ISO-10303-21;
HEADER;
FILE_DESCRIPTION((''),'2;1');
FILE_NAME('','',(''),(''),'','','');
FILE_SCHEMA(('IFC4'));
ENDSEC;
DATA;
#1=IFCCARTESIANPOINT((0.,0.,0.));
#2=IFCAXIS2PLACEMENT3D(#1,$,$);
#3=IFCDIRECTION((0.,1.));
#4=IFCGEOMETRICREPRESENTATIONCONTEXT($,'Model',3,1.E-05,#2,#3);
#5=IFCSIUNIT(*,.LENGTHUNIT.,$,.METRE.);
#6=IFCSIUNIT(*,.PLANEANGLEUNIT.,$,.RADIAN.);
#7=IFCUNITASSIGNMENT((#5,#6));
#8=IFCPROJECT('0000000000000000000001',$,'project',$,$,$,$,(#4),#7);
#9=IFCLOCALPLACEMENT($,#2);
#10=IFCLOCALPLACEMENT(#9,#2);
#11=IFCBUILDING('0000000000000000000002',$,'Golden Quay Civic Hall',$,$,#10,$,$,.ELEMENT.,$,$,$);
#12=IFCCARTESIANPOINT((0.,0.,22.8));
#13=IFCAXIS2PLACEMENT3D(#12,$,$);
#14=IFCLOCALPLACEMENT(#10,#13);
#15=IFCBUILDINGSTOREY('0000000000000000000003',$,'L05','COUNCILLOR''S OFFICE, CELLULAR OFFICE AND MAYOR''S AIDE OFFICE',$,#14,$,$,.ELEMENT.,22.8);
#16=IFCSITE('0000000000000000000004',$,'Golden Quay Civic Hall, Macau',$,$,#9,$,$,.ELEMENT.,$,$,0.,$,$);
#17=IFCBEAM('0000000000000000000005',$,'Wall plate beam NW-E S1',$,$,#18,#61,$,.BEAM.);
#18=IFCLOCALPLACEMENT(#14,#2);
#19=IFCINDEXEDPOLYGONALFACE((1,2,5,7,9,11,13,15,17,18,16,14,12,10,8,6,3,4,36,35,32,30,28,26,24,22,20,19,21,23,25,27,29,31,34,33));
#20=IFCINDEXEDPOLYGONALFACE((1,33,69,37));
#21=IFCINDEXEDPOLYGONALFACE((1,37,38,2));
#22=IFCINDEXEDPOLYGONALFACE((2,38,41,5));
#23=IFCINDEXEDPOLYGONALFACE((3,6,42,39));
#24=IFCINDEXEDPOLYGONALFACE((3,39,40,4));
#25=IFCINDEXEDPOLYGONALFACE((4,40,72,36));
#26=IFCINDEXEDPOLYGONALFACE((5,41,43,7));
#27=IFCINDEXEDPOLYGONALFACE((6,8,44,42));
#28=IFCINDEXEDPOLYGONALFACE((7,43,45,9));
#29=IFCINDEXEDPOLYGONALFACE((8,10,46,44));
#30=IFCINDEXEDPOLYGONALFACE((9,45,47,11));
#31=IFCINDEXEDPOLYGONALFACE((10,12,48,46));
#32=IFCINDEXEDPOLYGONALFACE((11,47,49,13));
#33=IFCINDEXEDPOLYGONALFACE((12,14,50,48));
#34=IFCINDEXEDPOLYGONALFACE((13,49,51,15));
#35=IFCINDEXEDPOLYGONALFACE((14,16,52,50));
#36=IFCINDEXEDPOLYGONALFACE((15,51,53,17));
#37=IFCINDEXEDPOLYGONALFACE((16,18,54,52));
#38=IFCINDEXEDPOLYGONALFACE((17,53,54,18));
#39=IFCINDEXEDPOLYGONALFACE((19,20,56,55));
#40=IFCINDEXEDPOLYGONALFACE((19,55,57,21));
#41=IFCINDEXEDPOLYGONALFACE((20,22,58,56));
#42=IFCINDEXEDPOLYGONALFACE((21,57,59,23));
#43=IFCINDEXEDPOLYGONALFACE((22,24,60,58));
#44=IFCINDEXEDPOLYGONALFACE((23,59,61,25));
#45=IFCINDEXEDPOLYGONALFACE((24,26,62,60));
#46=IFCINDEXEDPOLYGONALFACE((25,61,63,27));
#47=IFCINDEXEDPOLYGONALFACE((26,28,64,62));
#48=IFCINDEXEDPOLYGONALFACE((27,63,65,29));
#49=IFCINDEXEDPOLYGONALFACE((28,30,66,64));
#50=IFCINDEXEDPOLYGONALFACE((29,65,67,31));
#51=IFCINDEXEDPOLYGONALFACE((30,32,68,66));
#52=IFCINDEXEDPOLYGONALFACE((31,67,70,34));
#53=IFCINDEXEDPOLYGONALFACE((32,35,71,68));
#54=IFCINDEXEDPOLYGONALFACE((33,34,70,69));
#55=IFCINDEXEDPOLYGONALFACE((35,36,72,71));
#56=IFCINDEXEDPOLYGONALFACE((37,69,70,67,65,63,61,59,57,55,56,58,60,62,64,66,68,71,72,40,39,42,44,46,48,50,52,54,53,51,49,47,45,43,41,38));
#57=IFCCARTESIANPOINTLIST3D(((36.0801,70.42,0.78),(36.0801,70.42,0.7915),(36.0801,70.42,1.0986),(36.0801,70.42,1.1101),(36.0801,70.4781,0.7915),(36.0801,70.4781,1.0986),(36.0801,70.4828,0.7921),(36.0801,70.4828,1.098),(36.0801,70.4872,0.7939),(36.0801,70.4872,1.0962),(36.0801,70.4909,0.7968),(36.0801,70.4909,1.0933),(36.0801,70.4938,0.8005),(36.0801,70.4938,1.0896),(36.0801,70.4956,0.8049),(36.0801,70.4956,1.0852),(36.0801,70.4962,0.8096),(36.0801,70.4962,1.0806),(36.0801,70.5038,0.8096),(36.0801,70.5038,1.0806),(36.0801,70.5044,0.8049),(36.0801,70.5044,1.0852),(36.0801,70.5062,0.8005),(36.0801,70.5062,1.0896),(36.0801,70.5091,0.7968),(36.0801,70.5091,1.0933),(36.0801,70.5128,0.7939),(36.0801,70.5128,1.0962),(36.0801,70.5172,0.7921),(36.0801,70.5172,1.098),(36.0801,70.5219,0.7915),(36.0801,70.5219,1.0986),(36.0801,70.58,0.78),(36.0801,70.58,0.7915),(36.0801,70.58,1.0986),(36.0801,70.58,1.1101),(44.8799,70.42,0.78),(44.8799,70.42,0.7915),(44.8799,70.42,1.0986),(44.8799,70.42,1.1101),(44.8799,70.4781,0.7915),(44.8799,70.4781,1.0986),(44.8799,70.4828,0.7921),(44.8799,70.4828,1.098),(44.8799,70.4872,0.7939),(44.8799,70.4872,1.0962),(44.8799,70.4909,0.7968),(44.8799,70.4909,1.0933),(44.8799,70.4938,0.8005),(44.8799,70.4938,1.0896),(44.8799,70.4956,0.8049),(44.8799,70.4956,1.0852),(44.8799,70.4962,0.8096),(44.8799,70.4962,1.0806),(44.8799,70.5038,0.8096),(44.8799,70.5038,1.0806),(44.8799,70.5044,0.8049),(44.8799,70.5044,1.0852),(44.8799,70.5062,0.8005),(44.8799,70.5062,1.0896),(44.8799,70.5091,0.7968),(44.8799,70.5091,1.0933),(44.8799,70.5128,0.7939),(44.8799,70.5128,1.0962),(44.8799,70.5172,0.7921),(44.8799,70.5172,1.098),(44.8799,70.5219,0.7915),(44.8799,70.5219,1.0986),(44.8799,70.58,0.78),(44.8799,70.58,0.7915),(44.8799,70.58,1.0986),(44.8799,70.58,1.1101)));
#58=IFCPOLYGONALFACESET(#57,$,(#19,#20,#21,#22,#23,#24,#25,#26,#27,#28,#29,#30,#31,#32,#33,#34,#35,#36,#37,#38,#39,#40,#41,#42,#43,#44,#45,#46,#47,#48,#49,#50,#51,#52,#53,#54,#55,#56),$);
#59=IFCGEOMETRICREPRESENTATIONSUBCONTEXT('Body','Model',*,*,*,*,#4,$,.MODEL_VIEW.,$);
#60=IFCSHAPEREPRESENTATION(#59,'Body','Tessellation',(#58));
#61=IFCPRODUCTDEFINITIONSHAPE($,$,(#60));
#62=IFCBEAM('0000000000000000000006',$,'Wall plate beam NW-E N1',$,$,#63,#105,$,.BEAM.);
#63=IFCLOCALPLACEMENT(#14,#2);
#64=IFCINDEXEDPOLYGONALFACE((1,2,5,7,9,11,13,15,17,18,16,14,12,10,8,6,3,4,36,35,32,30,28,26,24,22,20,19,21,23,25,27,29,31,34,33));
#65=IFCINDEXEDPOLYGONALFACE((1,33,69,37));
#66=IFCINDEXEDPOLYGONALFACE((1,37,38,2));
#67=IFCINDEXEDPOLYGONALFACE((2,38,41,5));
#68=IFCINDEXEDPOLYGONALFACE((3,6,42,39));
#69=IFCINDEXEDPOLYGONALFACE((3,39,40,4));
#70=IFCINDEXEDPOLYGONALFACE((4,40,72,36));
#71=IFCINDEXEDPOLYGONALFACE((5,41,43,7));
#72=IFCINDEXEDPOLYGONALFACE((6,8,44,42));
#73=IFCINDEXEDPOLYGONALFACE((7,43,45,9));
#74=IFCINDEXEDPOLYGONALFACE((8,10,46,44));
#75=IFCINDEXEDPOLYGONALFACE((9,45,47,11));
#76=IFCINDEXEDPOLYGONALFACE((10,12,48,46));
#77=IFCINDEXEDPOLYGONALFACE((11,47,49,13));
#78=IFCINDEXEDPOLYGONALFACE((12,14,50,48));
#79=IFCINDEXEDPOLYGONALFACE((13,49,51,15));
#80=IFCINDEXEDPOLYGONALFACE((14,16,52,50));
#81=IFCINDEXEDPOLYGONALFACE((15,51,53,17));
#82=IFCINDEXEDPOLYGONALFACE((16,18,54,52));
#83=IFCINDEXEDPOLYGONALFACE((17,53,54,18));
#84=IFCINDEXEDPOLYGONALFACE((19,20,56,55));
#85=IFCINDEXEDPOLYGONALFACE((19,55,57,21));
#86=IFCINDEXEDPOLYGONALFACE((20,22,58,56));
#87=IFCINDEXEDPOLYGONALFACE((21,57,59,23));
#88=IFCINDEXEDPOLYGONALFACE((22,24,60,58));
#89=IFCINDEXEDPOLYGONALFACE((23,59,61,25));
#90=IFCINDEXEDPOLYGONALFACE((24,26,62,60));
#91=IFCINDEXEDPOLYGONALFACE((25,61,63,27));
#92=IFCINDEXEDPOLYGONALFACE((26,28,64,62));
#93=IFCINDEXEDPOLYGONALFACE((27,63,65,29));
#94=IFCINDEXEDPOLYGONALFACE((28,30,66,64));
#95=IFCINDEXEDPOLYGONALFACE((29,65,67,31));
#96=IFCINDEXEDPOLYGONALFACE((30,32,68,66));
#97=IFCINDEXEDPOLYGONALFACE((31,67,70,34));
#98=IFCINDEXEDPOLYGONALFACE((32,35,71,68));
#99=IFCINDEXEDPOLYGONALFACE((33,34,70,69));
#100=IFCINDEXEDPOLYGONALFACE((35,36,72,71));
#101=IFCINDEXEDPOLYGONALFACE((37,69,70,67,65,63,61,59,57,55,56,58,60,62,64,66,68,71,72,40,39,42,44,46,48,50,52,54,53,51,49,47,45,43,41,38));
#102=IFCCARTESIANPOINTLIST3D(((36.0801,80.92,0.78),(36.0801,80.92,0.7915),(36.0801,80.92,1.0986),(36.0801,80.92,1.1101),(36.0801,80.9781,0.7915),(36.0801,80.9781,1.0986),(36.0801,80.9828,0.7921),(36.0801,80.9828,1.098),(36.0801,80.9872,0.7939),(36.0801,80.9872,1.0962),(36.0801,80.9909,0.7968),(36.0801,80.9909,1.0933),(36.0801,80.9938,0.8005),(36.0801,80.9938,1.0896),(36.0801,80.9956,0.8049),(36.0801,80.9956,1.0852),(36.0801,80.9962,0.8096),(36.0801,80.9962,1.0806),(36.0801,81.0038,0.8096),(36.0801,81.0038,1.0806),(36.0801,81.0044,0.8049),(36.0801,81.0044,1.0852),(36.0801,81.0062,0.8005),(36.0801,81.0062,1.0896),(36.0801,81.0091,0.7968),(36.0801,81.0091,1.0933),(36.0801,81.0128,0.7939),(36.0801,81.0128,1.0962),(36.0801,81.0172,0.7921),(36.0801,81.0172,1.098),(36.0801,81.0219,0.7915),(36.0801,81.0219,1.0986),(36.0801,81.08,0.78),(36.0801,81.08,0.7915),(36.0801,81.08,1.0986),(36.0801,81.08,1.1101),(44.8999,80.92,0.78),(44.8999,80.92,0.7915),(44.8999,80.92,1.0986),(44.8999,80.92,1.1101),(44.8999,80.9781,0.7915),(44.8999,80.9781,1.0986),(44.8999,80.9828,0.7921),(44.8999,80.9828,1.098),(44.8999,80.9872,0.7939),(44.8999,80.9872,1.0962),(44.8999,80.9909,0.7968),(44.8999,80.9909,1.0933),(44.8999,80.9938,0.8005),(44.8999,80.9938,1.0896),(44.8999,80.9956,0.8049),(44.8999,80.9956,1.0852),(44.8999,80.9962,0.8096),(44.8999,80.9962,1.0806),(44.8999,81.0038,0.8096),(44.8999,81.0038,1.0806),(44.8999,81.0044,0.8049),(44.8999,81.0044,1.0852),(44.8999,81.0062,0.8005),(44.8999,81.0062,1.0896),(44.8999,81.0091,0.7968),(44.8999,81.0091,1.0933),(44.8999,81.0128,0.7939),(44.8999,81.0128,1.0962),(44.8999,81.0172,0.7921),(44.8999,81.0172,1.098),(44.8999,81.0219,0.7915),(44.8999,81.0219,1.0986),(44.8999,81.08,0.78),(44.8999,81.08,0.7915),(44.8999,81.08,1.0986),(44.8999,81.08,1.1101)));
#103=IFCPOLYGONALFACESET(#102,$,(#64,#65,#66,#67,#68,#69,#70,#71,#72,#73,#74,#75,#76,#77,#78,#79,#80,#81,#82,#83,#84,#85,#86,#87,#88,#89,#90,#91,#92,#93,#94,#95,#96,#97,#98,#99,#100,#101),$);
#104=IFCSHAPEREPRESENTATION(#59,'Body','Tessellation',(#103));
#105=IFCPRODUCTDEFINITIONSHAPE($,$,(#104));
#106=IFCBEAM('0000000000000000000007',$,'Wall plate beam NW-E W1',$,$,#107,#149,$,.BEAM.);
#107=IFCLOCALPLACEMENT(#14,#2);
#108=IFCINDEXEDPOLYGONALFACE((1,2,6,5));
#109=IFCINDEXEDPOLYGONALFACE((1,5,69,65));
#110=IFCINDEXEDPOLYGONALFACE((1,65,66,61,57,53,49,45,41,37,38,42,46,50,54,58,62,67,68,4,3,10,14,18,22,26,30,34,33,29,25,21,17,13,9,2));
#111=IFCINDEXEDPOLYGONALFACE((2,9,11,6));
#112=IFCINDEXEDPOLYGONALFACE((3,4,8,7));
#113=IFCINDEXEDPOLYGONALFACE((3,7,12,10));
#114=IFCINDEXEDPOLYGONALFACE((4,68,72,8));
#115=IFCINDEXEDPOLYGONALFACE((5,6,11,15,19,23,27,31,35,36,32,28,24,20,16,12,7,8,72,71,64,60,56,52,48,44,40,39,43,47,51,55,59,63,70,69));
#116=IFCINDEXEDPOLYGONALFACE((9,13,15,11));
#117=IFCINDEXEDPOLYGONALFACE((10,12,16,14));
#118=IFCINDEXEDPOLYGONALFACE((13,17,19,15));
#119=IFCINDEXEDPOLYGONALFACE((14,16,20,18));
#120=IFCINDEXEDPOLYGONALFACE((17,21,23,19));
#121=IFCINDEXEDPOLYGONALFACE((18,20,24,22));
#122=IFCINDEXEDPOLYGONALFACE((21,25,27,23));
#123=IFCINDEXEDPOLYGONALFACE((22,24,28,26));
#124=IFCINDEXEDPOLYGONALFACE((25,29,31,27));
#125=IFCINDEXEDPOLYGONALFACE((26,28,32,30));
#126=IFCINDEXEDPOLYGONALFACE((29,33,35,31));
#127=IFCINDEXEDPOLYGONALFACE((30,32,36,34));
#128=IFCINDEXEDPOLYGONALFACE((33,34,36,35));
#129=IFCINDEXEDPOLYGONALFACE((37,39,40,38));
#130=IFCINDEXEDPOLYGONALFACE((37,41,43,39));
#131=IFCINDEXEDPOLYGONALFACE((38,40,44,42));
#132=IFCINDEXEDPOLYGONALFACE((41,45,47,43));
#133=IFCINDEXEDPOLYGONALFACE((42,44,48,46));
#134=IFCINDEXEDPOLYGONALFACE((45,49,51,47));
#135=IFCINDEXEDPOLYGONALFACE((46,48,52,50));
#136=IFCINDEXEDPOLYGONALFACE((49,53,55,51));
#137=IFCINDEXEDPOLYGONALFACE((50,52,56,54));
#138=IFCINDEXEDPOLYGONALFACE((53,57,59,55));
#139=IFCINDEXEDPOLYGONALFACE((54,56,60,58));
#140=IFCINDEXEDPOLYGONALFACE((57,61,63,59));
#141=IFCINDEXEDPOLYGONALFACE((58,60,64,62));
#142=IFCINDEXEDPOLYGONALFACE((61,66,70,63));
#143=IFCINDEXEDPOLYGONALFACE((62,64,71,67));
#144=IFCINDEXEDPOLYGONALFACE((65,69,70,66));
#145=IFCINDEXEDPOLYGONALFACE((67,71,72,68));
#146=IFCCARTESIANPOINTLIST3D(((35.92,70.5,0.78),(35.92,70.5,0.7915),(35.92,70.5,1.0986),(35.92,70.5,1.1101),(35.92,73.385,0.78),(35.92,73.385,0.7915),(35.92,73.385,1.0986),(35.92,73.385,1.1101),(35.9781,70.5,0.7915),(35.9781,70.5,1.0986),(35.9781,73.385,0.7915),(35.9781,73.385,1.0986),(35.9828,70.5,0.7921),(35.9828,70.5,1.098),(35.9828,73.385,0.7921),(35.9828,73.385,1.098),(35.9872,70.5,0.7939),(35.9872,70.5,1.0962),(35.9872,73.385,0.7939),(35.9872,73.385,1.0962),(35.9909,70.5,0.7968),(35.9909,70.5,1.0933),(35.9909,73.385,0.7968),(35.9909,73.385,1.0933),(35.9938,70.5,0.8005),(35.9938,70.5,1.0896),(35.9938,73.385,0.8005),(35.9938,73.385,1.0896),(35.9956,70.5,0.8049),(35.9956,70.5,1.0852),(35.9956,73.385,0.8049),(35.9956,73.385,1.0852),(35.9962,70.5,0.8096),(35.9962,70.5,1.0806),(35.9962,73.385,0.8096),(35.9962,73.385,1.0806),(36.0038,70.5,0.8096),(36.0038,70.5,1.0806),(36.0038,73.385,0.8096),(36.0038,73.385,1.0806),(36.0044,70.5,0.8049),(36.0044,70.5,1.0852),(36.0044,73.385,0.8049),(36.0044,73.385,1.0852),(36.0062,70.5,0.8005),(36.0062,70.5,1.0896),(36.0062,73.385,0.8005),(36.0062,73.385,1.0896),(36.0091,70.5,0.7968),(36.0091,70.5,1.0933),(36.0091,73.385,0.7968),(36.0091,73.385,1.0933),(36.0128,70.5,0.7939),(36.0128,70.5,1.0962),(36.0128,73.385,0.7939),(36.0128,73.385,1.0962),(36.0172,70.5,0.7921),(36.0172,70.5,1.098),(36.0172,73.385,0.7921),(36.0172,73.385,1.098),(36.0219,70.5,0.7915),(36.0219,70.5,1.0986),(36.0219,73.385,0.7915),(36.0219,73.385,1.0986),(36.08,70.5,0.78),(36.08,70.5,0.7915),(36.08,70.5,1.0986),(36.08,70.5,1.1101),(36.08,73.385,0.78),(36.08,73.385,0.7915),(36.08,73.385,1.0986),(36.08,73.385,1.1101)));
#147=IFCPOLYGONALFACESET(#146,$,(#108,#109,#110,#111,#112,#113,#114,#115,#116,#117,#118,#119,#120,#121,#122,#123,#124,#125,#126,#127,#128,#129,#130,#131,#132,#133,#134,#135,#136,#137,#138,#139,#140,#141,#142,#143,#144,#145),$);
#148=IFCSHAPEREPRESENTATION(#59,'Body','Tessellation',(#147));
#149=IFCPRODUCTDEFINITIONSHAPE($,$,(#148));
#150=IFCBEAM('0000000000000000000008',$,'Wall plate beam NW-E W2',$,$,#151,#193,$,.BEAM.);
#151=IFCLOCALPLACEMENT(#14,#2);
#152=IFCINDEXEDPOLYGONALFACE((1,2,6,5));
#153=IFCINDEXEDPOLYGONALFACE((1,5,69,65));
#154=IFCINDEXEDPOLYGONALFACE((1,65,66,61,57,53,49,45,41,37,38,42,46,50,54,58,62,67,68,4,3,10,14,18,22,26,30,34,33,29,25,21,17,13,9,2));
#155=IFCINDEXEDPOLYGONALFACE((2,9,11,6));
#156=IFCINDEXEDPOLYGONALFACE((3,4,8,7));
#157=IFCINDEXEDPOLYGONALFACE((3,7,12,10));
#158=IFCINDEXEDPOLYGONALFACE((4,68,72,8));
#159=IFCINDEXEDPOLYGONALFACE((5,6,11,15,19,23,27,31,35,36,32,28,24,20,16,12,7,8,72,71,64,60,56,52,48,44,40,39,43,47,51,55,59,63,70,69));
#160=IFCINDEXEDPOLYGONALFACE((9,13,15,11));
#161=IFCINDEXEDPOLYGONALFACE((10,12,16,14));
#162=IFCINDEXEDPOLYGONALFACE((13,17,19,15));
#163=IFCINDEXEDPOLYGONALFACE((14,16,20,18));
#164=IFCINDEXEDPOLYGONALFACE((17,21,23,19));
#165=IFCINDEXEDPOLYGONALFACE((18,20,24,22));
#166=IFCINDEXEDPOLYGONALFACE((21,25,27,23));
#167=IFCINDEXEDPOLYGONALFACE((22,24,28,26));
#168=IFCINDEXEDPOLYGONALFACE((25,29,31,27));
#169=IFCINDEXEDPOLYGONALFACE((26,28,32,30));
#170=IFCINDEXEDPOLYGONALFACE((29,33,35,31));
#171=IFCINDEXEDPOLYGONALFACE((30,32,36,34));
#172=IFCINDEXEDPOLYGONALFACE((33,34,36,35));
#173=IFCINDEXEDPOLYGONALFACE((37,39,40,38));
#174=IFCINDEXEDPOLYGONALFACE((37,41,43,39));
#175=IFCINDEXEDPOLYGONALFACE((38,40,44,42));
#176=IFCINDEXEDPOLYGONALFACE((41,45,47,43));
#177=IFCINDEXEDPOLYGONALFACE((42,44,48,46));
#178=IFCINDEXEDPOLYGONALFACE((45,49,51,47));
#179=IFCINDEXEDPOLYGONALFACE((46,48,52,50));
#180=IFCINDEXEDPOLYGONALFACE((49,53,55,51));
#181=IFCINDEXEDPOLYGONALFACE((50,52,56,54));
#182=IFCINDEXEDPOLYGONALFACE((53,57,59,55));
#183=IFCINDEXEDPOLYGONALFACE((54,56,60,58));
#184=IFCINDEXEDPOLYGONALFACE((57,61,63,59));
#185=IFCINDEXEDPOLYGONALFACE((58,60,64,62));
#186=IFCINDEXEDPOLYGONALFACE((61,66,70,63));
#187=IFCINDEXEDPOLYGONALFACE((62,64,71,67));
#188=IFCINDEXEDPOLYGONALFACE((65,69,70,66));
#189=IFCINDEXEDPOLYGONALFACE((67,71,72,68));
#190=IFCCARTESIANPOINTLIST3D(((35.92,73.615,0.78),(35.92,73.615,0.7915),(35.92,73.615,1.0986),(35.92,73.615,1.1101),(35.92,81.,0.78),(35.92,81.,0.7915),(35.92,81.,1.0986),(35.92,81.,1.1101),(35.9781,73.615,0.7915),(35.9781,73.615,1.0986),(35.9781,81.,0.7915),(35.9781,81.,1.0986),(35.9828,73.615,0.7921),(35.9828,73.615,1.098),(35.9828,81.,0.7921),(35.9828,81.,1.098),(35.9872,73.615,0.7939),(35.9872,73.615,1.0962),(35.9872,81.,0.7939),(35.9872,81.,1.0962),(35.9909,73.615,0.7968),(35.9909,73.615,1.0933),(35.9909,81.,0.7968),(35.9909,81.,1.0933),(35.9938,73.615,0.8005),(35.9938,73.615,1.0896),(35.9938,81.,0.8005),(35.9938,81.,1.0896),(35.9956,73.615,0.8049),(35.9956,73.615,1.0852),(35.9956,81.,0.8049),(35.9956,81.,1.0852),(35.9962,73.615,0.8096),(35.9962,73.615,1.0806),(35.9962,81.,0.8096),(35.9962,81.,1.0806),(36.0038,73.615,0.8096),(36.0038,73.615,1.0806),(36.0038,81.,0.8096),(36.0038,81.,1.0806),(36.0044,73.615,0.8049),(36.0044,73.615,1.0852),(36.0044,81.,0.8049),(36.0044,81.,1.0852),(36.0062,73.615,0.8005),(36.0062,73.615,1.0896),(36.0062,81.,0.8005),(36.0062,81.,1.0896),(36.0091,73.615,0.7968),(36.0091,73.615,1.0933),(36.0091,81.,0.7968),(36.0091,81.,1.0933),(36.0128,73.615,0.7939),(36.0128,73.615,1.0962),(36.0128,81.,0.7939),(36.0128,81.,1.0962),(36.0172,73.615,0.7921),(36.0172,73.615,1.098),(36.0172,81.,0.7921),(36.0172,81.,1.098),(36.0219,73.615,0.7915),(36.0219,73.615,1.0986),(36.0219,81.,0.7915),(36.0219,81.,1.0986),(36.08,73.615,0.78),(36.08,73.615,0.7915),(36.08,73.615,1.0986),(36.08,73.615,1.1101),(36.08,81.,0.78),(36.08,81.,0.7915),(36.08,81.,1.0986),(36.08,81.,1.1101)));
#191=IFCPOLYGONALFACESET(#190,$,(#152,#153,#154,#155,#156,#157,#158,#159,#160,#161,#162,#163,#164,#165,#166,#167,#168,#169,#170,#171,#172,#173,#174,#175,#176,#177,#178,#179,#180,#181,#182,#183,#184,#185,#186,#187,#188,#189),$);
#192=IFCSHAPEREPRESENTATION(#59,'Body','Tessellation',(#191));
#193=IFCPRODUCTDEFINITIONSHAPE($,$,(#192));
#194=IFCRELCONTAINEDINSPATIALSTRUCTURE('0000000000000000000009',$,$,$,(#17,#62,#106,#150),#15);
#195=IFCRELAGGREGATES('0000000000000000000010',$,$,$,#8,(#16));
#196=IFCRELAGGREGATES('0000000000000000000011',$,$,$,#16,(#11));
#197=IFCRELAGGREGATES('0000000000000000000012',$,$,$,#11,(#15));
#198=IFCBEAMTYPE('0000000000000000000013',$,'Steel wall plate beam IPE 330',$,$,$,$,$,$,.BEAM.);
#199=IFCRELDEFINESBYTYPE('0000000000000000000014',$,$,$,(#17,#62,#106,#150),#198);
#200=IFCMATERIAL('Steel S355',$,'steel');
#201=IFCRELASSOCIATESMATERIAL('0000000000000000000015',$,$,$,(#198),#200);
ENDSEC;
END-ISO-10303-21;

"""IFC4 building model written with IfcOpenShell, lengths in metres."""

from ifc_helpers import new_model, si_unit, direction, frame, origin, origin_2d, place, context, subcontext, project, spatial, i_section, extrude, material, material_profile, profile_set, type_object, element, save


model = new_model("IFC4")

# Units and contexts
model_context = context("Model", 3, precision=1e-05, world=origin(), true_north=direction((0.0, 1.0)))
body_context = subcontext(model_context, "Body", "Model", "MODEL_VIEW")
ifc_project = project(units=[si_unit("LENGTHUNIT", "METRE"), si_unit("PLANEANGLEUNIT", "RADIAN")], contexts=[model_context])

# Site, building, storey
site_placement = place(None, origin())
site = spatial("IfcSite", under=ifc_project, at=site_placement, Name="Golden Quay Civic Hall, Macau", CompositionType="ELEMENT", RefElevation=0.0)
building_placement = place(site_placement, origin())
building = spatial("IfcBuilding", under=site, at=building_placement, Name="Golden Quay Civic Hall", CompositionType="ELEMENT")
storey_placement = place(building_placement, frame((0.0, 0.0, 22.8)))
storey = spatial("IfcBuildingStorey", under=building, at=storey_placement, Name="L05", Description="COUNCILLOR'S OFFICE, CELLULAR OFFICE AND MAYOR'S AIDE OFFICE", CompositionType="ELEMENT", Elevation=22.8)

# Beams
ifc_material_1 = material(Name="Steel S355", Category="steel")
ifc_material_profile_1 = material_profile(ifc_material_1, i_section(OverallWidth=0.1599, OverallDepth=0.3301, WebThickness=0.0076, FlangeThickness=0.0115, FilletRadius=0.0181, at=origin_2d()), Name="IPE 330")
ifc_profile_set_1 = profile_set([ifc_material_profile_1], Name="Steel S355")
beam_type_1 = type_object("IfcBeamType", Name="Steel wall plate beam IPE 330", PredefinedType="BEAM", material=ifc_profile_set_1)
beam_1_placement = place(storey_placement, frame((36.0801, 70.5, 0.9451), z_axis=(1.0, 0.0, 0.0), x_axis=(0.0, 1.0, 0.0)))
element("IfcBeam", 1, at=beam_1_placement, inside=storey, type_object=beam_type_1, Name="Wall plate beam NW-E S1", PredefinedType="BEAM", context=body_context, shape_type="SweptSolid", body=[
    extrude(i_section(OverallWidth=0.1599, OverallDepth=0.3301, WebThickness=0.0076, FlangeThickness=0.0115, FilletRadius=0.0181, at=origin_2d()), origin(), (0.0, 0.0, 1.0), 8.7998),
])
beam_2_placement = place(storey_placement, frame((36.0801, 81.0, 0.9451), z_axis=(1.0, 0.0, 0.0), x_axis=(0.0, 1.0, 0.0)))
element("IfcBeam", 2, at=beam_2_placement, inside=storey, type_object=beam_type_1, Name="Wall plate beam NW-E N1", PredefinedType="BEAM", context=body_context, shape_type="SweptSolid", body=[
    extrude(i_section(OverallWidth=0.1599, OverallDepth=0.3301, WebThickness=0.0076, FlangeThickness=0.0115, FilletRadius=0.0181, at=origin_2d()), origin(), (0.0, 0.0, 1.0), 8.8198),
])
beam_3_placement = place(storey_placement, frame((36.0, 70.5, 0.9451), z_axis=(0.0, 1.0, 0.0), x_axis=(-1.0, 0.0, 0.0)))
element("IfcBeam", 3, at=beam_3_placement, inside=storey, type_object=beam_type_1, Name="Wall plate beam NW-E W1", PredefinedType="BEAM", context=body_context, shape_type="SweptSolid", body=[
    extrude(i_section(OverallWidth=0.1599, OverallDepth=0.3301, WebThickness=0.0076, FlangeThickness=0.0115, FilletRadius=0.0181, at=origin_2d()), origin(), (0.0, 0.0, 1.0), 2.885),
])
beam_4_placement = place(storey_placement, frame((36.0, 73.615, 0.9451), z_axis=(0.0, 1.0, 0.0), x_axis=(-1.0, 0.0, 0.0)))
element("IfcBeam", 4, at=beam_4_placement, inside=storey, type_object=beam_type_1, Name="Wall plate beam NW-E W2", PredefinedType="BEAM", context=body_context, shape_type="SweptSolid", body=[
    extrude(i_section(OverallWidth=0.1599, OverallDepth=0.3301, WebThickness=0.0076, FlangeThickness=0.0115, FilletRadius=0.0181, at=origin_2d()), origin(), (0.0, 0.0, 1.0), 7.385),
])

save(model, "model.ifc")
